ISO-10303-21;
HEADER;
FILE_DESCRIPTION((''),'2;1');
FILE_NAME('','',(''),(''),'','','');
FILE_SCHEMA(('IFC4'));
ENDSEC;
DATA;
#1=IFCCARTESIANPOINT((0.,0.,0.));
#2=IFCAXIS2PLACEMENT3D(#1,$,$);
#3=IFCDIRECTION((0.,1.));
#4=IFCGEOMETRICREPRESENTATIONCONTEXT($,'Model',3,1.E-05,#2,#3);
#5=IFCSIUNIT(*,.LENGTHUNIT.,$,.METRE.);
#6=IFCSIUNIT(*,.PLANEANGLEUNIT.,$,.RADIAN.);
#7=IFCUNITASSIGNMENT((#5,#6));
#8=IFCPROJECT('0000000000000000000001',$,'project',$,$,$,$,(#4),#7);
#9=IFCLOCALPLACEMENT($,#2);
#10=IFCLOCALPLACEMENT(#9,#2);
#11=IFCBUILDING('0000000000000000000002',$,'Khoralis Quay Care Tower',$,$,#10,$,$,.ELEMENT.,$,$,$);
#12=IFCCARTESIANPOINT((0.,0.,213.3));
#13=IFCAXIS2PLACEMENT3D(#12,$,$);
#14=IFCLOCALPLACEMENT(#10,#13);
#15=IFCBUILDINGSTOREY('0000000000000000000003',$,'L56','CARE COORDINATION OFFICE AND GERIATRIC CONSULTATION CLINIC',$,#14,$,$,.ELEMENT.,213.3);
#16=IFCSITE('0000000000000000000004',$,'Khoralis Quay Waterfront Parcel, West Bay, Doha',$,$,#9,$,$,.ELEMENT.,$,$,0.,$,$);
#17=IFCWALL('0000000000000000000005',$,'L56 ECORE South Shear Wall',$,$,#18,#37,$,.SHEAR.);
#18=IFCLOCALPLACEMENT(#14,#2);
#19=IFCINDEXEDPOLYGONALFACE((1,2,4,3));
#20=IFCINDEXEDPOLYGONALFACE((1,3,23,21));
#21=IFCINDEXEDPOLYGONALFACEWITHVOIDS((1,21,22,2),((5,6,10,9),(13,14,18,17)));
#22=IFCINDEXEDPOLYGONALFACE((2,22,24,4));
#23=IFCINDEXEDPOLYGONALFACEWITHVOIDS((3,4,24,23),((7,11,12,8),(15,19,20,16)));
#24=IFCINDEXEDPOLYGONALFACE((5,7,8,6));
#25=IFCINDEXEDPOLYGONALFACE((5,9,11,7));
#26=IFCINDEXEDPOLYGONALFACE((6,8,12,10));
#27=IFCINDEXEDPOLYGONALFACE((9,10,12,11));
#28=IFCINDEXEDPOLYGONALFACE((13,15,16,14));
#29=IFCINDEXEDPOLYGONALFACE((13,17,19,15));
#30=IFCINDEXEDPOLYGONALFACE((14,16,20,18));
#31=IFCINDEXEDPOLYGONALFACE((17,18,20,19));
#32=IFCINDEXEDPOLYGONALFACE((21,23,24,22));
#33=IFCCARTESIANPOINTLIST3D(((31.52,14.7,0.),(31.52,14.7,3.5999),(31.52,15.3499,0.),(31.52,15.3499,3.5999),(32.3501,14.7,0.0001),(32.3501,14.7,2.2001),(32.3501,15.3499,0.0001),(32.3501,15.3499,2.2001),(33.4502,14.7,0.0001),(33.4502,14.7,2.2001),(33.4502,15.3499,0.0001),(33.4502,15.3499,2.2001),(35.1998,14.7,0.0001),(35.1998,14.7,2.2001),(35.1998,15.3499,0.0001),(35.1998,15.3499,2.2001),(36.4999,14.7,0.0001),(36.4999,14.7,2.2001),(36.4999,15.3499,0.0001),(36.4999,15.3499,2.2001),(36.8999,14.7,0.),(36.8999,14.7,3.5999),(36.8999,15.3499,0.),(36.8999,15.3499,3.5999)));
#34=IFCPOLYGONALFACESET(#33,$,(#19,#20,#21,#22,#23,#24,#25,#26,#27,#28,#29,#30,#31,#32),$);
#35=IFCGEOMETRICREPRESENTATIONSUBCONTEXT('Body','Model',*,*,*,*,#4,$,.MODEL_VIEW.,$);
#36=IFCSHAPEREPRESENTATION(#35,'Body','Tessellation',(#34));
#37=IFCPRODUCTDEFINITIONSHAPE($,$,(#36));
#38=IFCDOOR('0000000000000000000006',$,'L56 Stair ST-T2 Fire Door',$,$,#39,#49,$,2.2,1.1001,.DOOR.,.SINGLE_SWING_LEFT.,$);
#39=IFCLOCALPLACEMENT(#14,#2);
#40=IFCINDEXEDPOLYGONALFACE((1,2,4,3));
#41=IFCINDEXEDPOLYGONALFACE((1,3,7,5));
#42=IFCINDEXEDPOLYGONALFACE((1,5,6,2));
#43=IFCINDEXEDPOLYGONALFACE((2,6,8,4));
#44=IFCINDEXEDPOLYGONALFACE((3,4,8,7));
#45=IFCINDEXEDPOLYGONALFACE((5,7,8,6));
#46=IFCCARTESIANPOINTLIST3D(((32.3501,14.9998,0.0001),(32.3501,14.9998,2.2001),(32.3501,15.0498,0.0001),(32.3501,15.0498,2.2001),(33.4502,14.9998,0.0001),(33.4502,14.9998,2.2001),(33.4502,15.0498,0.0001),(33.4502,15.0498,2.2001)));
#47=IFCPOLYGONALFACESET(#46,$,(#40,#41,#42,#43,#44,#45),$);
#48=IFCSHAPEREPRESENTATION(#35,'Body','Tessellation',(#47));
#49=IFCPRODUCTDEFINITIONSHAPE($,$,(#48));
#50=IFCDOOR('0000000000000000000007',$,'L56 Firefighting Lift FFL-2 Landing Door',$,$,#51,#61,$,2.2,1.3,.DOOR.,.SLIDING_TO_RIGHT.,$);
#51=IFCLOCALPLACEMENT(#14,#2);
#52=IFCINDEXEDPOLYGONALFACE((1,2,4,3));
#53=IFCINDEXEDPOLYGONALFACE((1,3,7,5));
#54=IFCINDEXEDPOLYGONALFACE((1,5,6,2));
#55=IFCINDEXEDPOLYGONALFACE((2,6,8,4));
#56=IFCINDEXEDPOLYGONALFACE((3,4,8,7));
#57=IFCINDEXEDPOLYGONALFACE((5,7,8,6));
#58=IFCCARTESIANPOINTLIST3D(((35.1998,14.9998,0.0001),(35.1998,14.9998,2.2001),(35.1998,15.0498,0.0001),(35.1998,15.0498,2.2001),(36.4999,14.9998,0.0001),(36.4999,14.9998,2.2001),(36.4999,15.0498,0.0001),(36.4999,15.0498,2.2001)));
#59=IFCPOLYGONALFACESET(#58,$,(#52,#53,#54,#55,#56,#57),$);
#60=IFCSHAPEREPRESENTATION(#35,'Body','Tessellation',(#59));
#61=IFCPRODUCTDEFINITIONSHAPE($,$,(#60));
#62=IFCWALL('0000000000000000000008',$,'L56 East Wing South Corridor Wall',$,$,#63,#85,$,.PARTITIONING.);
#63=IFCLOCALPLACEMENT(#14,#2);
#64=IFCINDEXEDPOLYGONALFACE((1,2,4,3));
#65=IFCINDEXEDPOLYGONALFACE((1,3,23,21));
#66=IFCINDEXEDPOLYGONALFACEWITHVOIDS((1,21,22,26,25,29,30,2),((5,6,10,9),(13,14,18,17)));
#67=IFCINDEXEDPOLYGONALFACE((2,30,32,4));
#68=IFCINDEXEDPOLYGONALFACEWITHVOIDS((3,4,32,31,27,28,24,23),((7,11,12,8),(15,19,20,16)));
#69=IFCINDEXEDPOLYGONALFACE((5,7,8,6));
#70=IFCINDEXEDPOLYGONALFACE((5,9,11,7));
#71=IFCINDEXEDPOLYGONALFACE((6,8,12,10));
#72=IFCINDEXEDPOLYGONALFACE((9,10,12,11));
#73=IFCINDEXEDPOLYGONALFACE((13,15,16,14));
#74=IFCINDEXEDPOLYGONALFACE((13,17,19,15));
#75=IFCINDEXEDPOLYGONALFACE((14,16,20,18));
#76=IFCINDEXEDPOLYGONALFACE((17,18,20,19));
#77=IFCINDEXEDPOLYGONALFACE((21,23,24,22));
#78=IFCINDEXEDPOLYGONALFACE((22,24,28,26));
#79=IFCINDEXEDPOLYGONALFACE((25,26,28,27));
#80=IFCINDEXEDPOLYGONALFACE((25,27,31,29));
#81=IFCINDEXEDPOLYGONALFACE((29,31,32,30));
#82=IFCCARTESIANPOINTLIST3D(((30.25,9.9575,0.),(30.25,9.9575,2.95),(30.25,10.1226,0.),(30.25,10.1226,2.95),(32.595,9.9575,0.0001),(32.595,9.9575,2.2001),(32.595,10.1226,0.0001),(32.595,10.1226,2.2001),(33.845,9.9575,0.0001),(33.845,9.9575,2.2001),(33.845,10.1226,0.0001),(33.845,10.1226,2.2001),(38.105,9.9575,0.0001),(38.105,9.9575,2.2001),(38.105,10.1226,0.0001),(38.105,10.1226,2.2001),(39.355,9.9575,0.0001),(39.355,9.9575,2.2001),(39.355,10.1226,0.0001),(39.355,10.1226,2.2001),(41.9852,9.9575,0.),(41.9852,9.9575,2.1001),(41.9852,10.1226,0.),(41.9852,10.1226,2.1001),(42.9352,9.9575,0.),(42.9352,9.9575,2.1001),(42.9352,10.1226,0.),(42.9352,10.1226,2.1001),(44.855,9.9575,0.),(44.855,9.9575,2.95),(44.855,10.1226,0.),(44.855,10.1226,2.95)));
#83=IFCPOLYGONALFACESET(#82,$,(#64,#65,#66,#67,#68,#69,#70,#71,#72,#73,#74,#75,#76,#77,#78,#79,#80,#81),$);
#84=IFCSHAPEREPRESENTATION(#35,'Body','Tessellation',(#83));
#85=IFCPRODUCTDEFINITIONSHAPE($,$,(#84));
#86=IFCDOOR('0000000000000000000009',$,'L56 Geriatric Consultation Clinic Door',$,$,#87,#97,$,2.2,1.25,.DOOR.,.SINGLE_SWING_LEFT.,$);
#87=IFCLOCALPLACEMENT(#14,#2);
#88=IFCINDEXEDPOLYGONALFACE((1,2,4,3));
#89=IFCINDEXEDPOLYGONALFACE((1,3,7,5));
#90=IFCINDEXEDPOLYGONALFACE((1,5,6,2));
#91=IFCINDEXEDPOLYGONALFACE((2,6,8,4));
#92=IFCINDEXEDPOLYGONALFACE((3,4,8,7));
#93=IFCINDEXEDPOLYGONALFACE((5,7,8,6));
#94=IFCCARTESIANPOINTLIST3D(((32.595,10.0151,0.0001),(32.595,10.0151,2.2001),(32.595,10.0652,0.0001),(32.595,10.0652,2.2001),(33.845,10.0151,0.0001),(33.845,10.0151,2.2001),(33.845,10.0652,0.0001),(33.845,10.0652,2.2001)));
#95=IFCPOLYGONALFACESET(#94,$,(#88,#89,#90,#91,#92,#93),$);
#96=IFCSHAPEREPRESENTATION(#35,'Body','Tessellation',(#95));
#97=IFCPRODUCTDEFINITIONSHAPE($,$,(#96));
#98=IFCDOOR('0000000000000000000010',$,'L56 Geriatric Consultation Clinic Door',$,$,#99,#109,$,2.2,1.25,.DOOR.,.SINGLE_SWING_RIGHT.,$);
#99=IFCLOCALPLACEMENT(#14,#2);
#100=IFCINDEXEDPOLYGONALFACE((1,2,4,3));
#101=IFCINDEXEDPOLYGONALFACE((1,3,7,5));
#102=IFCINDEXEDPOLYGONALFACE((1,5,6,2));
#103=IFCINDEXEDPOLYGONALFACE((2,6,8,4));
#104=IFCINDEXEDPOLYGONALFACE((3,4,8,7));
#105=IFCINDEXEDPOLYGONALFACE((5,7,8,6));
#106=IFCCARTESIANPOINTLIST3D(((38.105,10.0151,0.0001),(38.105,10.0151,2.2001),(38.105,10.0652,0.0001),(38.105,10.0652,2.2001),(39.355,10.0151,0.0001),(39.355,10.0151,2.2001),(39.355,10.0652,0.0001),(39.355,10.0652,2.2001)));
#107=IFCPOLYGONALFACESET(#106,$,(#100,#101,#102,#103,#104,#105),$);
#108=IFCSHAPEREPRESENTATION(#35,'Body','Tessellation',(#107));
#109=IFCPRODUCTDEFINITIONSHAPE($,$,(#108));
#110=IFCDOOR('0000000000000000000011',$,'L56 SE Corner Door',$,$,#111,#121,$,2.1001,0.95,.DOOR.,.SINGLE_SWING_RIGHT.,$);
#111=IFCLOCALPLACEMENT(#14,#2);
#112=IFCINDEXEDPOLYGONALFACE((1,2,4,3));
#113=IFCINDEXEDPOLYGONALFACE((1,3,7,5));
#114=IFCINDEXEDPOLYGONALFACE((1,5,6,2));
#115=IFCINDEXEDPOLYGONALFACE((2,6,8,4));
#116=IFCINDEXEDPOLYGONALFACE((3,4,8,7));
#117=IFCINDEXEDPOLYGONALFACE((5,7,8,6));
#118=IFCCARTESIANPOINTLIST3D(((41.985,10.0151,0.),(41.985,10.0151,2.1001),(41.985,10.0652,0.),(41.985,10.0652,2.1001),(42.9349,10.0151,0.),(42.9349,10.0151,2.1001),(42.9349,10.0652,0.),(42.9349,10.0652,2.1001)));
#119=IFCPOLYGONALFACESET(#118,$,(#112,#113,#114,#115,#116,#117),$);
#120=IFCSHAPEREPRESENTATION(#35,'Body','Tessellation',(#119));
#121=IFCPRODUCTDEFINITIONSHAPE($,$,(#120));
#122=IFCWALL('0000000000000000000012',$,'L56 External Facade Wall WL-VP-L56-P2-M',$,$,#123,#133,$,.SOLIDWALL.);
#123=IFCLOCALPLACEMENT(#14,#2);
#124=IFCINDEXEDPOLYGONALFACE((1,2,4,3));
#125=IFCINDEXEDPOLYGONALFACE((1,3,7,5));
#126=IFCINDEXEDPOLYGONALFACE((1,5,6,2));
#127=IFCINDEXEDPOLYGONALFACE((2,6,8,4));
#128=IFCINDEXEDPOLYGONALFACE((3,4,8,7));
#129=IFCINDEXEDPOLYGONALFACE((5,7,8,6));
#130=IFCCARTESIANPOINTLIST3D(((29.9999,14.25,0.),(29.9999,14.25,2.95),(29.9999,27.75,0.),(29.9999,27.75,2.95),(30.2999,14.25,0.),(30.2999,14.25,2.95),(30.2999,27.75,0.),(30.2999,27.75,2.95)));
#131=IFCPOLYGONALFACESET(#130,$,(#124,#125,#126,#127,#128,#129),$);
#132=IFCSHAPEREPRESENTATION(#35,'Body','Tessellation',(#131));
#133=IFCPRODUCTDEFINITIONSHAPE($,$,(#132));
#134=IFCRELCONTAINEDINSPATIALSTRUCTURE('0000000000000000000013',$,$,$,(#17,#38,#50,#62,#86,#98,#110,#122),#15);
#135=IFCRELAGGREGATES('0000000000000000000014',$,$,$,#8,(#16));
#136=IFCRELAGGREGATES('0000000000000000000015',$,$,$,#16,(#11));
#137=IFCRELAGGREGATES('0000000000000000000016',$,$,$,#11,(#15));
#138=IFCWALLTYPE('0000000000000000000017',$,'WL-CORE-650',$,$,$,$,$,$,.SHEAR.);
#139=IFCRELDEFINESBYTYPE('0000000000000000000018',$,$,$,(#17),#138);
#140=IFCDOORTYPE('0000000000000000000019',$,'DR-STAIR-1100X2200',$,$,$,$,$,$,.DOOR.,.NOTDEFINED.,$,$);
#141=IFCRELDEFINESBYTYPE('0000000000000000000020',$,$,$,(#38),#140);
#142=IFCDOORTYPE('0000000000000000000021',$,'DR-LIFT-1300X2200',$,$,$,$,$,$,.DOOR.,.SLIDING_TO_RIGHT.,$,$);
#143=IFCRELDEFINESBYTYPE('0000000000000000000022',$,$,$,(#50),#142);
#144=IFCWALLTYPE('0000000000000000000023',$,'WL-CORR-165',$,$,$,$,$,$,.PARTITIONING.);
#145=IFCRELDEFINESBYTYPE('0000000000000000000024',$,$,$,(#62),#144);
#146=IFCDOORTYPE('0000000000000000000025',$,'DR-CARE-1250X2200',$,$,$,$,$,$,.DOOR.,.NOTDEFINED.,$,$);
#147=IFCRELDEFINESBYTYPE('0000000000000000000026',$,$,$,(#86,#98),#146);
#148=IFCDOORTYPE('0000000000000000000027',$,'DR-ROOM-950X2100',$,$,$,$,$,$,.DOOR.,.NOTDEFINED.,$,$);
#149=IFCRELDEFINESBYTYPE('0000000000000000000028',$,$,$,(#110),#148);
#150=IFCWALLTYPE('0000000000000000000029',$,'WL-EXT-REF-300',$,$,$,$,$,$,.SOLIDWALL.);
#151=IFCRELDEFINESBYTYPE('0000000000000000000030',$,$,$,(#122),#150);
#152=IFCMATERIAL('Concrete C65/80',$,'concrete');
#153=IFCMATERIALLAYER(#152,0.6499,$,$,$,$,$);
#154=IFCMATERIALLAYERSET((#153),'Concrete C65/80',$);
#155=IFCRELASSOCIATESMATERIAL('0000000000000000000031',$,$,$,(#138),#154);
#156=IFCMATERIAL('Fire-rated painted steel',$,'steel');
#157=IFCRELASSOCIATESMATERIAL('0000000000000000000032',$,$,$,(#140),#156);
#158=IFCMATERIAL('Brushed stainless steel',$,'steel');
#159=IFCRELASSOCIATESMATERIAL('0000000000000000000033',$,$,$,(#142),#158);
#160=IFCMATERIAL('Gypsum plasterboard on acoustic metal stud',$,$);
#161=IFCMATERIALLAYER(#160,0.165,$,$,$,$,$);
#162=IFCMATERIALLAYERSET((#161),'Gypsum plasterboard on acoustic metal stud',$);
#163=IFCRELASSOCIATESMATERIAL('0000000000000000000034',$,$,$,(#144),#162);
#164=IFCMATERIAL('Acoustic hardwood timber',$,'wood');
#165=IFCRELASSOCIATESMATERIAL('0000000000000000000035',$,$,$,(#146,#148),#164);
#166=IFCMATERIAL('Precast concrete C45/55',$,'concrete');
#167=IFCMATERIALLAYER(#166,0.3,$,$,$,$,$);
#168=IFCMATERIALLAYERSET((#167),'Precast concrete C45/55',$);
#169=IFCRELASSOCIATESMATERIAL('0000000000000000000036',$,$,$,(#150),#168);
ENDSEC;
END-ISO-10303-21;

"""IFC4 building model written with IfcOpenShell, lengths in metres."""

from ifc_helpers import new_model, si_unit, direction, frame, frame_2d, origin, place, context, subcontext, project, spatial, rectangle, extrude, source, transform, mapped, material, layer, layer_set, type_object, element, fill, save


model = new_model("IFC4")

# Units and contexts
model_context = context("Model", 3, precision=1e-05, world=origin(), true_north=direction((0.0, 1.0)))
body_context = subcontext(model_context, "Body", "Model", "MODEL_VIEW")
ifc_project = project(units=[si_unit("LENGTHUNIT", "METRE"), si_unit("PLANEANGLEUNIT", "RADIAN")], contexts=[model_context])

# Site, building, storey
site_placement = place(None, origin())
site = spatial("IfcSite", under=ifc_project, at=site_placement, Name="Khoralis Quay Waterfront Parcel, West Bay, Doha", CompositionType="ELEMENT", RefElevation=0.0)
building_placement = place(site_placement, origin())
building = spatial("IfcBuilding", under=site, at=building_placement, Name="Khoralis Quay Care Tower", CompositionType="ELEMENT")
storey_placement = place(building_placement, frame((0.0, 0.0, 213.3)))
storey = spatial("IfcBuildingStorey", under=building, at=storey_placement, Name="L56", Description="CARE COORDINATION OFFICE AND GERIATRIC CONSULTATION CLINIC", CompositionType="ELEMENT", Elevation=213.3)

# Shared definitions
ifc_material_1 = material(Name="Gypsum plasterboard on acoustic metal stud")
ifc_material_2 = material(Name="Fire-rated painted steel", Category="steel")

# Shared definitions
ifc_material_3 = material(Name="Concrete C65/80", Category="concrete")
ifc_layer_1 = layer(ifc_material_3, 0.6499)
ifc_layer_set_1 = layer_set([ifc_layer_1], Name="Concrete C65/80")
wall_type_1 = type_object("IfcWallType", Name="WL-CORE-650", PredefinedType="SHEAR", material=ifc_layer_set_1)

# Walls, openings, doors
wall_1_placement = place(storey_placement, frame((31.52, 15.0249, 0.0), z_axis=(0.0, 0.0, 1.0), x_axis=(1.0, 0.0, 0.0)))
wall_1 = element("IfcWall", 1, at=wall_1_placement, inside=storey, type_object=wall_type_1, Name="L56 ECORE South Shear Wall", PredefinedType="SHEAR", context=body_context, shape_type="SweptSolid", body=[
    extrude(rectangle(XDim=5.3799, YDim=0.6499, at=frame_2d((2.6899, 0.0))), origin(), (0.0, 0.0, 1.0), 3.5999),
])
opening_1_placement = place(wall_1_placement, frame((0.8301, 0.0, 0.0)))
opening_1 = element("IfcOpeningElement", 2, at=opening_1_placement, cuts=wall_1, PredefinedType="OPENING", context=body_context, shape_type="SweptSolid", body=[
    extrude(rectangle(XDim=1.1001, YDim=2.2, at=frame_2d((0.55, 1.1001))), frame((0.0, 0.335, 0.0), z_axis=(0.0, -1.0, 0.0), x_axis=(1.0, 0.0, 0.0)), (0.0, 0.0, 1.0), 0.6699),
])
opening_2_placement = place(wall_1_placement, frame((3.6799, 0.0, 0.0)))
opening_2 = element("IfcOpeningElement", 3, at=opening_2_placement, cuts=wall_1, PredefinedType="OPENING", context=body_context, shape_type="SweptSolid", body=[
    extrude(rectangle(XDim=1.3, YDim=2.2, at=frame_2d((0.6499, 1.1001))), frame((0.0, 0.335, 0.0), z_axis=(0.0, -1.0, 0.0), x_axis=(1.0, 0.0, 0.0)), (0.0, 0.0, 1.0), 0.6699),
])
door_type_1 = type_object("IfcDoorType", Name="DR-STAIR-1100X2200", OperationType="NOTDEFINED", PredefinedType="DOOR", material=ifc_material_2)
shared_shape_1 = source(origin(), body_context, "Body", "SweptSolid", [
    extrude(rectangle(XDim=1.1001, YDim=2.2, at=frame_2d((0.55, 1.1001))), frame((0.0, 0.0249, 0.0), z_axis=(0.0, -1.0, 0.0), x_axis=(1.0, 0.0, 0.0)), (0.0, 0.0, 1.0), 0.05),
])
door_1_placement = place(opening_1_placement, origin())
door_1 = element("IfcDoor", 4, at=door_1_placement, inside=storey, type_object=door_type_1, Name="L56 Stair ST-T2 Fire Door", OperationType="SINGLE_SWING_LEFT", OverallHeight=2.2, OverallWidth=1.1001, PredefinedType="DOOR", context=body_context, shape_type="MappedRepresentation", body=[
    mapped(shared_shape_1, transform((0.0, 0.0, 0.0), scale=1.0)),
])
fill(opening_1, door_1)
ifc_material_4 = material(Name="Brushed stainless steel", Category="steel")
door_type_2 = type_object("IfcDoorType", Name="DR-LIFT-1300X2200", OperationType="SLIDING_TO_RIGHT", PredefinedType="DOOR", material=ifc_material_4)
shared_shape_2 = source(origin(), body_context, "Body", "SweptSolid", [
    extrude(rectangle(XDim=1.3, YDim=2.2, at=frame_2d((0.6499, 1.1001))), frame((0.0, 0.0249, 0.0), z_axis=(0.0, -1.0, 0.0), x_axis=(1.0, 0.0, 0.0)), (0.0, 0.0, 1.0), 0.05),
])
door_2_placement = place(opening_2_placement, origin())
door_2 = element("IfcDoor", 5, at=door_2_placement, inside=storey, type_object=door_type_2, Name="L56 Firefighting Lift FFL-2 Landing Door", OperationType="SLIDING_TO_RIGHT", OverallHeight=2.2, OverallWidth=1.3, PredefinedType="DOOR", context=body_context, shape_type="MappedRepresentation", body=[
    mapped(shared_shape_2, transform((0.0, 0.0, 0.0), scale=1.0)),
])
fill(opening_2, door_2)
ifc_layer_2 = layer(ifc_material_1, 0.165)
ifc_layer_set_2 = layer_set([ifc_layer_2], Name="Gypsum plasterboard on acoustic metal stud")
wall_type_2 = type_object("IfcWallType", Name="WL-CORR-165", PredefinedType="PARTITIONING", material=ifc_layer_set_2)
wall_2_placement = place(storey_placement, frame((30.25, 10.04, 0.0), z_axis=(0.0, 0.0, 1.0), x_axis=(1.0, 0.0, 0.0)))
wall_2 = element("IfcWall", 6, at=wall_2_placement, inside=storey, type_object=wall_type_2, Name="L56 East Wing South Corridor Wall", PredefinedType="PARTITIONING", context=body_context, shape_type="SweptSolid", body=[
    extrude(rectangle(XDim=14.605, YDim=0.165, at=frame_2d((7.3025, 0.0))), origin(), (0.0, 0.0, 1.0), 2.95),
])
opening_3_placement = place(wall_2_placement, frame((2.345, 0.0, 0.0)))
opening_3 = element("IfcOpeningElement", 7, at=opening_3_placement, cuts=wall_2, PredefinedType="OPENING", context=body_context, shape_type="SweptSolid", body=[
    extrude(rectangle(XDim=1.25, YDim=2.2, at=frame_2d((0.625, 1.1001))), frame((0.0, 0.0925, 0.0), z_axis=(0.0, -1.0, 0.0), x_axis=(1.0, 0.0, 0.0)), (0.0, 0.0, 1.0), 0.1851),
])
opening_4_placement = place(wall_2_placement, frame((7.855, 0.0, 0.0)))
opening_4 = element("IfcOpeningElement", 8, at=opening_4_placement, cuts=wall_2, PredefinedType="OPENING", context=body_context, shape_type="SweptSolid", body=[
    extrude(rectangle(XDim=1.25, YDim=2.2, at=frame_2d((0.625, 1.1001))), frame((0.0, 0.0925, 0.0), z_axis=(0.0, -1.0, 0.0), x_axis=(1.0, 0.0, 0.0)), (0.0, 0.0, 1.0), 0.1851),
])
opening_5_placement = place(wall_2_placement, frame((11.7351, 0.0, 0.0)))
opening_5 = element("IfcOpeningElement", 9, at=opening_5_placement, cuts=wall_2, PredefinedType="OPENING", context=body_context, shape_type="SweptSolid", body=[
    extrude(rectangle(XDim=0.95, YDim=2.1001, at=frame_2d((0.4751, 1.05))), frame((0.0, 0.0925, 0.0), z_axis=(0.0, -1.0, 0.0), x_axis=(1.0, 0.0, 0.0)), (0.0, 0.0, 1.0), 0.1851),
])
ifc_material_5 = material(Name="Acoustic hardwood timber", Category="wood")
door_type_3 = type_object("IfcDoorType", Name="DR-CARE-1250X2200", OperationType="NOTDEFINED", PredefinedType="DOOR", material=ifc_material_5)
shared_shape_3 = source(origin(), body_context, "Body", "SweptSolid", [
    extrude(rectangle(XDim=1.25, YDim=2.2, at=frame_2d((0.625, 1.1001))), frame((0.0, 0.0249, 0.0), z_axis=(0.0, -1.0, 0.0), x_axis=(1.0, 0.0, 0.0)), (0.0, 0.0, 1.0), 0.05),
])
door_3_placement = place(opening_3_placement, frame((1.25, 0.0, 0.0), z_axis=(0.0, 0.0, 1.0), x_axis=(-1.0, 0.0, 0.0)))
door_3 = element("IfcDoor", 10, at=door_3_placement, inside=storey, type_object=door_type_3, Name="L56 Geriatric Consultation Clinic Door", OperationType="SINGLE_SWING_LEFT", OverallHeight=2.2, OverallWidth=1.25, PredefinedType="DOOR", context=body_context, shape_type="MappedRepresentation", body=[
    mapped(shared_shape_3, transform((0.0, 0.0, 0.0), scale=1.0)),
])
fill(opening_3, door_3)
door_4_placement = place(opening_4_placement, frame((1.25, 0.0, 0.0), z_axis=(0.0, 0.0, 1.0), x_axis=(-1.0, 0.0, 0.0)))
door_4 = element("IfcDoor", 11, at=door_4_placement, inside=storey, type_object=door_type_3, Name="L56 Geriatric Consultation Clinic Door", OperationType="SINGLE_SWING_RIGHT", OverallHeight=2.2, OverallWidth=1.25, PredefinedType="DOOR", context=body_context, shape_type="MappedRepresentation", body=[
    mapped(shared_shape_3, transform((0.0, 0.0, 0.0), scale=1.0)),
])
fill(opening_4, door_4)
door_type_4 = type_object("IfcDoorType", Name="DR-ROOM-950X2100", OperationType="NOTDEFINED", PredefinedType="DOOR", material=ifc_material_5)
shared_shape_4 = source(origin(), body_context, "Body", "SweptSolid", [
    extrude(rectangle(XDim=0.95, YDim=2.1001, at=frame_2d((0.4751, 1.05))), frame((0.0, 0.0249, 0.0), z_axis=(0.0, -1.0, 0.0), x_axis=(1.0, 0.0, 0.0)), (0.0, 0.0, 1.0), 0.05),
])
door_5_placement = place(opening_5_placement, frame((0.95, 0.0, 0.0), z_axis=(0.0, 0.0, 1.0), x_axis=(-1.0, 0.0, 0.0)))
door_5 = element("IfcDoor", 12, at=door_5_placement, inside=storey, type_object=door_type_4, Name="L56 SE Corner Door", OperationType="SINGLE_SWING_RIGHT", OverallHeight=2.1001, OverallWidth=0.95, PredefinedType="DOOR", context=body_context, shape_type="MappedRepresentation", body=[
    mapped(shared_shape_4, transform((0.0, 0.0, 0.0), scale=1.0)),
])
fill(opening_5, door_5)

# Wall
ifc_material_6 = material(Name="Precast concrete C45/55", Category="concrete")
ifc_layer_3 = layer(ifc_material_6, 0.3)
ifc_layer_set_3 = layer_set([ifc_layer_3], Name="Precast concrete C45/55")
wall_type_3 = type_object("IfcWallType", Name="WL-EXT-REF-300", PredefinedType="SOLIDWALL", material=ifc_layer_set_3)
wall_3_placement = place(storey_placement, frame((30.1499, 14.25, 0.0), z_axis=(0.0, 0.0, 1.0), x_axis=(0.0, 1.0, 0.0)))
element("IfcWall", 13, at=wall_3_placement, inside=storey, type_object=wall_type_3, Name="L56 External Facade Wall WL-VP-L56-P2-M", PredefinedType="SOLIDWALL", context=body_context, shape_type="SweptSolid", body=[
    extrude(rectangle(XDim=13.5, YDim=0.3, at=frame_2d((6.75, 0.0))), origin(), (0.0, 0.0, 1.0), 2.95),
])

save(model, "model.ifc")
